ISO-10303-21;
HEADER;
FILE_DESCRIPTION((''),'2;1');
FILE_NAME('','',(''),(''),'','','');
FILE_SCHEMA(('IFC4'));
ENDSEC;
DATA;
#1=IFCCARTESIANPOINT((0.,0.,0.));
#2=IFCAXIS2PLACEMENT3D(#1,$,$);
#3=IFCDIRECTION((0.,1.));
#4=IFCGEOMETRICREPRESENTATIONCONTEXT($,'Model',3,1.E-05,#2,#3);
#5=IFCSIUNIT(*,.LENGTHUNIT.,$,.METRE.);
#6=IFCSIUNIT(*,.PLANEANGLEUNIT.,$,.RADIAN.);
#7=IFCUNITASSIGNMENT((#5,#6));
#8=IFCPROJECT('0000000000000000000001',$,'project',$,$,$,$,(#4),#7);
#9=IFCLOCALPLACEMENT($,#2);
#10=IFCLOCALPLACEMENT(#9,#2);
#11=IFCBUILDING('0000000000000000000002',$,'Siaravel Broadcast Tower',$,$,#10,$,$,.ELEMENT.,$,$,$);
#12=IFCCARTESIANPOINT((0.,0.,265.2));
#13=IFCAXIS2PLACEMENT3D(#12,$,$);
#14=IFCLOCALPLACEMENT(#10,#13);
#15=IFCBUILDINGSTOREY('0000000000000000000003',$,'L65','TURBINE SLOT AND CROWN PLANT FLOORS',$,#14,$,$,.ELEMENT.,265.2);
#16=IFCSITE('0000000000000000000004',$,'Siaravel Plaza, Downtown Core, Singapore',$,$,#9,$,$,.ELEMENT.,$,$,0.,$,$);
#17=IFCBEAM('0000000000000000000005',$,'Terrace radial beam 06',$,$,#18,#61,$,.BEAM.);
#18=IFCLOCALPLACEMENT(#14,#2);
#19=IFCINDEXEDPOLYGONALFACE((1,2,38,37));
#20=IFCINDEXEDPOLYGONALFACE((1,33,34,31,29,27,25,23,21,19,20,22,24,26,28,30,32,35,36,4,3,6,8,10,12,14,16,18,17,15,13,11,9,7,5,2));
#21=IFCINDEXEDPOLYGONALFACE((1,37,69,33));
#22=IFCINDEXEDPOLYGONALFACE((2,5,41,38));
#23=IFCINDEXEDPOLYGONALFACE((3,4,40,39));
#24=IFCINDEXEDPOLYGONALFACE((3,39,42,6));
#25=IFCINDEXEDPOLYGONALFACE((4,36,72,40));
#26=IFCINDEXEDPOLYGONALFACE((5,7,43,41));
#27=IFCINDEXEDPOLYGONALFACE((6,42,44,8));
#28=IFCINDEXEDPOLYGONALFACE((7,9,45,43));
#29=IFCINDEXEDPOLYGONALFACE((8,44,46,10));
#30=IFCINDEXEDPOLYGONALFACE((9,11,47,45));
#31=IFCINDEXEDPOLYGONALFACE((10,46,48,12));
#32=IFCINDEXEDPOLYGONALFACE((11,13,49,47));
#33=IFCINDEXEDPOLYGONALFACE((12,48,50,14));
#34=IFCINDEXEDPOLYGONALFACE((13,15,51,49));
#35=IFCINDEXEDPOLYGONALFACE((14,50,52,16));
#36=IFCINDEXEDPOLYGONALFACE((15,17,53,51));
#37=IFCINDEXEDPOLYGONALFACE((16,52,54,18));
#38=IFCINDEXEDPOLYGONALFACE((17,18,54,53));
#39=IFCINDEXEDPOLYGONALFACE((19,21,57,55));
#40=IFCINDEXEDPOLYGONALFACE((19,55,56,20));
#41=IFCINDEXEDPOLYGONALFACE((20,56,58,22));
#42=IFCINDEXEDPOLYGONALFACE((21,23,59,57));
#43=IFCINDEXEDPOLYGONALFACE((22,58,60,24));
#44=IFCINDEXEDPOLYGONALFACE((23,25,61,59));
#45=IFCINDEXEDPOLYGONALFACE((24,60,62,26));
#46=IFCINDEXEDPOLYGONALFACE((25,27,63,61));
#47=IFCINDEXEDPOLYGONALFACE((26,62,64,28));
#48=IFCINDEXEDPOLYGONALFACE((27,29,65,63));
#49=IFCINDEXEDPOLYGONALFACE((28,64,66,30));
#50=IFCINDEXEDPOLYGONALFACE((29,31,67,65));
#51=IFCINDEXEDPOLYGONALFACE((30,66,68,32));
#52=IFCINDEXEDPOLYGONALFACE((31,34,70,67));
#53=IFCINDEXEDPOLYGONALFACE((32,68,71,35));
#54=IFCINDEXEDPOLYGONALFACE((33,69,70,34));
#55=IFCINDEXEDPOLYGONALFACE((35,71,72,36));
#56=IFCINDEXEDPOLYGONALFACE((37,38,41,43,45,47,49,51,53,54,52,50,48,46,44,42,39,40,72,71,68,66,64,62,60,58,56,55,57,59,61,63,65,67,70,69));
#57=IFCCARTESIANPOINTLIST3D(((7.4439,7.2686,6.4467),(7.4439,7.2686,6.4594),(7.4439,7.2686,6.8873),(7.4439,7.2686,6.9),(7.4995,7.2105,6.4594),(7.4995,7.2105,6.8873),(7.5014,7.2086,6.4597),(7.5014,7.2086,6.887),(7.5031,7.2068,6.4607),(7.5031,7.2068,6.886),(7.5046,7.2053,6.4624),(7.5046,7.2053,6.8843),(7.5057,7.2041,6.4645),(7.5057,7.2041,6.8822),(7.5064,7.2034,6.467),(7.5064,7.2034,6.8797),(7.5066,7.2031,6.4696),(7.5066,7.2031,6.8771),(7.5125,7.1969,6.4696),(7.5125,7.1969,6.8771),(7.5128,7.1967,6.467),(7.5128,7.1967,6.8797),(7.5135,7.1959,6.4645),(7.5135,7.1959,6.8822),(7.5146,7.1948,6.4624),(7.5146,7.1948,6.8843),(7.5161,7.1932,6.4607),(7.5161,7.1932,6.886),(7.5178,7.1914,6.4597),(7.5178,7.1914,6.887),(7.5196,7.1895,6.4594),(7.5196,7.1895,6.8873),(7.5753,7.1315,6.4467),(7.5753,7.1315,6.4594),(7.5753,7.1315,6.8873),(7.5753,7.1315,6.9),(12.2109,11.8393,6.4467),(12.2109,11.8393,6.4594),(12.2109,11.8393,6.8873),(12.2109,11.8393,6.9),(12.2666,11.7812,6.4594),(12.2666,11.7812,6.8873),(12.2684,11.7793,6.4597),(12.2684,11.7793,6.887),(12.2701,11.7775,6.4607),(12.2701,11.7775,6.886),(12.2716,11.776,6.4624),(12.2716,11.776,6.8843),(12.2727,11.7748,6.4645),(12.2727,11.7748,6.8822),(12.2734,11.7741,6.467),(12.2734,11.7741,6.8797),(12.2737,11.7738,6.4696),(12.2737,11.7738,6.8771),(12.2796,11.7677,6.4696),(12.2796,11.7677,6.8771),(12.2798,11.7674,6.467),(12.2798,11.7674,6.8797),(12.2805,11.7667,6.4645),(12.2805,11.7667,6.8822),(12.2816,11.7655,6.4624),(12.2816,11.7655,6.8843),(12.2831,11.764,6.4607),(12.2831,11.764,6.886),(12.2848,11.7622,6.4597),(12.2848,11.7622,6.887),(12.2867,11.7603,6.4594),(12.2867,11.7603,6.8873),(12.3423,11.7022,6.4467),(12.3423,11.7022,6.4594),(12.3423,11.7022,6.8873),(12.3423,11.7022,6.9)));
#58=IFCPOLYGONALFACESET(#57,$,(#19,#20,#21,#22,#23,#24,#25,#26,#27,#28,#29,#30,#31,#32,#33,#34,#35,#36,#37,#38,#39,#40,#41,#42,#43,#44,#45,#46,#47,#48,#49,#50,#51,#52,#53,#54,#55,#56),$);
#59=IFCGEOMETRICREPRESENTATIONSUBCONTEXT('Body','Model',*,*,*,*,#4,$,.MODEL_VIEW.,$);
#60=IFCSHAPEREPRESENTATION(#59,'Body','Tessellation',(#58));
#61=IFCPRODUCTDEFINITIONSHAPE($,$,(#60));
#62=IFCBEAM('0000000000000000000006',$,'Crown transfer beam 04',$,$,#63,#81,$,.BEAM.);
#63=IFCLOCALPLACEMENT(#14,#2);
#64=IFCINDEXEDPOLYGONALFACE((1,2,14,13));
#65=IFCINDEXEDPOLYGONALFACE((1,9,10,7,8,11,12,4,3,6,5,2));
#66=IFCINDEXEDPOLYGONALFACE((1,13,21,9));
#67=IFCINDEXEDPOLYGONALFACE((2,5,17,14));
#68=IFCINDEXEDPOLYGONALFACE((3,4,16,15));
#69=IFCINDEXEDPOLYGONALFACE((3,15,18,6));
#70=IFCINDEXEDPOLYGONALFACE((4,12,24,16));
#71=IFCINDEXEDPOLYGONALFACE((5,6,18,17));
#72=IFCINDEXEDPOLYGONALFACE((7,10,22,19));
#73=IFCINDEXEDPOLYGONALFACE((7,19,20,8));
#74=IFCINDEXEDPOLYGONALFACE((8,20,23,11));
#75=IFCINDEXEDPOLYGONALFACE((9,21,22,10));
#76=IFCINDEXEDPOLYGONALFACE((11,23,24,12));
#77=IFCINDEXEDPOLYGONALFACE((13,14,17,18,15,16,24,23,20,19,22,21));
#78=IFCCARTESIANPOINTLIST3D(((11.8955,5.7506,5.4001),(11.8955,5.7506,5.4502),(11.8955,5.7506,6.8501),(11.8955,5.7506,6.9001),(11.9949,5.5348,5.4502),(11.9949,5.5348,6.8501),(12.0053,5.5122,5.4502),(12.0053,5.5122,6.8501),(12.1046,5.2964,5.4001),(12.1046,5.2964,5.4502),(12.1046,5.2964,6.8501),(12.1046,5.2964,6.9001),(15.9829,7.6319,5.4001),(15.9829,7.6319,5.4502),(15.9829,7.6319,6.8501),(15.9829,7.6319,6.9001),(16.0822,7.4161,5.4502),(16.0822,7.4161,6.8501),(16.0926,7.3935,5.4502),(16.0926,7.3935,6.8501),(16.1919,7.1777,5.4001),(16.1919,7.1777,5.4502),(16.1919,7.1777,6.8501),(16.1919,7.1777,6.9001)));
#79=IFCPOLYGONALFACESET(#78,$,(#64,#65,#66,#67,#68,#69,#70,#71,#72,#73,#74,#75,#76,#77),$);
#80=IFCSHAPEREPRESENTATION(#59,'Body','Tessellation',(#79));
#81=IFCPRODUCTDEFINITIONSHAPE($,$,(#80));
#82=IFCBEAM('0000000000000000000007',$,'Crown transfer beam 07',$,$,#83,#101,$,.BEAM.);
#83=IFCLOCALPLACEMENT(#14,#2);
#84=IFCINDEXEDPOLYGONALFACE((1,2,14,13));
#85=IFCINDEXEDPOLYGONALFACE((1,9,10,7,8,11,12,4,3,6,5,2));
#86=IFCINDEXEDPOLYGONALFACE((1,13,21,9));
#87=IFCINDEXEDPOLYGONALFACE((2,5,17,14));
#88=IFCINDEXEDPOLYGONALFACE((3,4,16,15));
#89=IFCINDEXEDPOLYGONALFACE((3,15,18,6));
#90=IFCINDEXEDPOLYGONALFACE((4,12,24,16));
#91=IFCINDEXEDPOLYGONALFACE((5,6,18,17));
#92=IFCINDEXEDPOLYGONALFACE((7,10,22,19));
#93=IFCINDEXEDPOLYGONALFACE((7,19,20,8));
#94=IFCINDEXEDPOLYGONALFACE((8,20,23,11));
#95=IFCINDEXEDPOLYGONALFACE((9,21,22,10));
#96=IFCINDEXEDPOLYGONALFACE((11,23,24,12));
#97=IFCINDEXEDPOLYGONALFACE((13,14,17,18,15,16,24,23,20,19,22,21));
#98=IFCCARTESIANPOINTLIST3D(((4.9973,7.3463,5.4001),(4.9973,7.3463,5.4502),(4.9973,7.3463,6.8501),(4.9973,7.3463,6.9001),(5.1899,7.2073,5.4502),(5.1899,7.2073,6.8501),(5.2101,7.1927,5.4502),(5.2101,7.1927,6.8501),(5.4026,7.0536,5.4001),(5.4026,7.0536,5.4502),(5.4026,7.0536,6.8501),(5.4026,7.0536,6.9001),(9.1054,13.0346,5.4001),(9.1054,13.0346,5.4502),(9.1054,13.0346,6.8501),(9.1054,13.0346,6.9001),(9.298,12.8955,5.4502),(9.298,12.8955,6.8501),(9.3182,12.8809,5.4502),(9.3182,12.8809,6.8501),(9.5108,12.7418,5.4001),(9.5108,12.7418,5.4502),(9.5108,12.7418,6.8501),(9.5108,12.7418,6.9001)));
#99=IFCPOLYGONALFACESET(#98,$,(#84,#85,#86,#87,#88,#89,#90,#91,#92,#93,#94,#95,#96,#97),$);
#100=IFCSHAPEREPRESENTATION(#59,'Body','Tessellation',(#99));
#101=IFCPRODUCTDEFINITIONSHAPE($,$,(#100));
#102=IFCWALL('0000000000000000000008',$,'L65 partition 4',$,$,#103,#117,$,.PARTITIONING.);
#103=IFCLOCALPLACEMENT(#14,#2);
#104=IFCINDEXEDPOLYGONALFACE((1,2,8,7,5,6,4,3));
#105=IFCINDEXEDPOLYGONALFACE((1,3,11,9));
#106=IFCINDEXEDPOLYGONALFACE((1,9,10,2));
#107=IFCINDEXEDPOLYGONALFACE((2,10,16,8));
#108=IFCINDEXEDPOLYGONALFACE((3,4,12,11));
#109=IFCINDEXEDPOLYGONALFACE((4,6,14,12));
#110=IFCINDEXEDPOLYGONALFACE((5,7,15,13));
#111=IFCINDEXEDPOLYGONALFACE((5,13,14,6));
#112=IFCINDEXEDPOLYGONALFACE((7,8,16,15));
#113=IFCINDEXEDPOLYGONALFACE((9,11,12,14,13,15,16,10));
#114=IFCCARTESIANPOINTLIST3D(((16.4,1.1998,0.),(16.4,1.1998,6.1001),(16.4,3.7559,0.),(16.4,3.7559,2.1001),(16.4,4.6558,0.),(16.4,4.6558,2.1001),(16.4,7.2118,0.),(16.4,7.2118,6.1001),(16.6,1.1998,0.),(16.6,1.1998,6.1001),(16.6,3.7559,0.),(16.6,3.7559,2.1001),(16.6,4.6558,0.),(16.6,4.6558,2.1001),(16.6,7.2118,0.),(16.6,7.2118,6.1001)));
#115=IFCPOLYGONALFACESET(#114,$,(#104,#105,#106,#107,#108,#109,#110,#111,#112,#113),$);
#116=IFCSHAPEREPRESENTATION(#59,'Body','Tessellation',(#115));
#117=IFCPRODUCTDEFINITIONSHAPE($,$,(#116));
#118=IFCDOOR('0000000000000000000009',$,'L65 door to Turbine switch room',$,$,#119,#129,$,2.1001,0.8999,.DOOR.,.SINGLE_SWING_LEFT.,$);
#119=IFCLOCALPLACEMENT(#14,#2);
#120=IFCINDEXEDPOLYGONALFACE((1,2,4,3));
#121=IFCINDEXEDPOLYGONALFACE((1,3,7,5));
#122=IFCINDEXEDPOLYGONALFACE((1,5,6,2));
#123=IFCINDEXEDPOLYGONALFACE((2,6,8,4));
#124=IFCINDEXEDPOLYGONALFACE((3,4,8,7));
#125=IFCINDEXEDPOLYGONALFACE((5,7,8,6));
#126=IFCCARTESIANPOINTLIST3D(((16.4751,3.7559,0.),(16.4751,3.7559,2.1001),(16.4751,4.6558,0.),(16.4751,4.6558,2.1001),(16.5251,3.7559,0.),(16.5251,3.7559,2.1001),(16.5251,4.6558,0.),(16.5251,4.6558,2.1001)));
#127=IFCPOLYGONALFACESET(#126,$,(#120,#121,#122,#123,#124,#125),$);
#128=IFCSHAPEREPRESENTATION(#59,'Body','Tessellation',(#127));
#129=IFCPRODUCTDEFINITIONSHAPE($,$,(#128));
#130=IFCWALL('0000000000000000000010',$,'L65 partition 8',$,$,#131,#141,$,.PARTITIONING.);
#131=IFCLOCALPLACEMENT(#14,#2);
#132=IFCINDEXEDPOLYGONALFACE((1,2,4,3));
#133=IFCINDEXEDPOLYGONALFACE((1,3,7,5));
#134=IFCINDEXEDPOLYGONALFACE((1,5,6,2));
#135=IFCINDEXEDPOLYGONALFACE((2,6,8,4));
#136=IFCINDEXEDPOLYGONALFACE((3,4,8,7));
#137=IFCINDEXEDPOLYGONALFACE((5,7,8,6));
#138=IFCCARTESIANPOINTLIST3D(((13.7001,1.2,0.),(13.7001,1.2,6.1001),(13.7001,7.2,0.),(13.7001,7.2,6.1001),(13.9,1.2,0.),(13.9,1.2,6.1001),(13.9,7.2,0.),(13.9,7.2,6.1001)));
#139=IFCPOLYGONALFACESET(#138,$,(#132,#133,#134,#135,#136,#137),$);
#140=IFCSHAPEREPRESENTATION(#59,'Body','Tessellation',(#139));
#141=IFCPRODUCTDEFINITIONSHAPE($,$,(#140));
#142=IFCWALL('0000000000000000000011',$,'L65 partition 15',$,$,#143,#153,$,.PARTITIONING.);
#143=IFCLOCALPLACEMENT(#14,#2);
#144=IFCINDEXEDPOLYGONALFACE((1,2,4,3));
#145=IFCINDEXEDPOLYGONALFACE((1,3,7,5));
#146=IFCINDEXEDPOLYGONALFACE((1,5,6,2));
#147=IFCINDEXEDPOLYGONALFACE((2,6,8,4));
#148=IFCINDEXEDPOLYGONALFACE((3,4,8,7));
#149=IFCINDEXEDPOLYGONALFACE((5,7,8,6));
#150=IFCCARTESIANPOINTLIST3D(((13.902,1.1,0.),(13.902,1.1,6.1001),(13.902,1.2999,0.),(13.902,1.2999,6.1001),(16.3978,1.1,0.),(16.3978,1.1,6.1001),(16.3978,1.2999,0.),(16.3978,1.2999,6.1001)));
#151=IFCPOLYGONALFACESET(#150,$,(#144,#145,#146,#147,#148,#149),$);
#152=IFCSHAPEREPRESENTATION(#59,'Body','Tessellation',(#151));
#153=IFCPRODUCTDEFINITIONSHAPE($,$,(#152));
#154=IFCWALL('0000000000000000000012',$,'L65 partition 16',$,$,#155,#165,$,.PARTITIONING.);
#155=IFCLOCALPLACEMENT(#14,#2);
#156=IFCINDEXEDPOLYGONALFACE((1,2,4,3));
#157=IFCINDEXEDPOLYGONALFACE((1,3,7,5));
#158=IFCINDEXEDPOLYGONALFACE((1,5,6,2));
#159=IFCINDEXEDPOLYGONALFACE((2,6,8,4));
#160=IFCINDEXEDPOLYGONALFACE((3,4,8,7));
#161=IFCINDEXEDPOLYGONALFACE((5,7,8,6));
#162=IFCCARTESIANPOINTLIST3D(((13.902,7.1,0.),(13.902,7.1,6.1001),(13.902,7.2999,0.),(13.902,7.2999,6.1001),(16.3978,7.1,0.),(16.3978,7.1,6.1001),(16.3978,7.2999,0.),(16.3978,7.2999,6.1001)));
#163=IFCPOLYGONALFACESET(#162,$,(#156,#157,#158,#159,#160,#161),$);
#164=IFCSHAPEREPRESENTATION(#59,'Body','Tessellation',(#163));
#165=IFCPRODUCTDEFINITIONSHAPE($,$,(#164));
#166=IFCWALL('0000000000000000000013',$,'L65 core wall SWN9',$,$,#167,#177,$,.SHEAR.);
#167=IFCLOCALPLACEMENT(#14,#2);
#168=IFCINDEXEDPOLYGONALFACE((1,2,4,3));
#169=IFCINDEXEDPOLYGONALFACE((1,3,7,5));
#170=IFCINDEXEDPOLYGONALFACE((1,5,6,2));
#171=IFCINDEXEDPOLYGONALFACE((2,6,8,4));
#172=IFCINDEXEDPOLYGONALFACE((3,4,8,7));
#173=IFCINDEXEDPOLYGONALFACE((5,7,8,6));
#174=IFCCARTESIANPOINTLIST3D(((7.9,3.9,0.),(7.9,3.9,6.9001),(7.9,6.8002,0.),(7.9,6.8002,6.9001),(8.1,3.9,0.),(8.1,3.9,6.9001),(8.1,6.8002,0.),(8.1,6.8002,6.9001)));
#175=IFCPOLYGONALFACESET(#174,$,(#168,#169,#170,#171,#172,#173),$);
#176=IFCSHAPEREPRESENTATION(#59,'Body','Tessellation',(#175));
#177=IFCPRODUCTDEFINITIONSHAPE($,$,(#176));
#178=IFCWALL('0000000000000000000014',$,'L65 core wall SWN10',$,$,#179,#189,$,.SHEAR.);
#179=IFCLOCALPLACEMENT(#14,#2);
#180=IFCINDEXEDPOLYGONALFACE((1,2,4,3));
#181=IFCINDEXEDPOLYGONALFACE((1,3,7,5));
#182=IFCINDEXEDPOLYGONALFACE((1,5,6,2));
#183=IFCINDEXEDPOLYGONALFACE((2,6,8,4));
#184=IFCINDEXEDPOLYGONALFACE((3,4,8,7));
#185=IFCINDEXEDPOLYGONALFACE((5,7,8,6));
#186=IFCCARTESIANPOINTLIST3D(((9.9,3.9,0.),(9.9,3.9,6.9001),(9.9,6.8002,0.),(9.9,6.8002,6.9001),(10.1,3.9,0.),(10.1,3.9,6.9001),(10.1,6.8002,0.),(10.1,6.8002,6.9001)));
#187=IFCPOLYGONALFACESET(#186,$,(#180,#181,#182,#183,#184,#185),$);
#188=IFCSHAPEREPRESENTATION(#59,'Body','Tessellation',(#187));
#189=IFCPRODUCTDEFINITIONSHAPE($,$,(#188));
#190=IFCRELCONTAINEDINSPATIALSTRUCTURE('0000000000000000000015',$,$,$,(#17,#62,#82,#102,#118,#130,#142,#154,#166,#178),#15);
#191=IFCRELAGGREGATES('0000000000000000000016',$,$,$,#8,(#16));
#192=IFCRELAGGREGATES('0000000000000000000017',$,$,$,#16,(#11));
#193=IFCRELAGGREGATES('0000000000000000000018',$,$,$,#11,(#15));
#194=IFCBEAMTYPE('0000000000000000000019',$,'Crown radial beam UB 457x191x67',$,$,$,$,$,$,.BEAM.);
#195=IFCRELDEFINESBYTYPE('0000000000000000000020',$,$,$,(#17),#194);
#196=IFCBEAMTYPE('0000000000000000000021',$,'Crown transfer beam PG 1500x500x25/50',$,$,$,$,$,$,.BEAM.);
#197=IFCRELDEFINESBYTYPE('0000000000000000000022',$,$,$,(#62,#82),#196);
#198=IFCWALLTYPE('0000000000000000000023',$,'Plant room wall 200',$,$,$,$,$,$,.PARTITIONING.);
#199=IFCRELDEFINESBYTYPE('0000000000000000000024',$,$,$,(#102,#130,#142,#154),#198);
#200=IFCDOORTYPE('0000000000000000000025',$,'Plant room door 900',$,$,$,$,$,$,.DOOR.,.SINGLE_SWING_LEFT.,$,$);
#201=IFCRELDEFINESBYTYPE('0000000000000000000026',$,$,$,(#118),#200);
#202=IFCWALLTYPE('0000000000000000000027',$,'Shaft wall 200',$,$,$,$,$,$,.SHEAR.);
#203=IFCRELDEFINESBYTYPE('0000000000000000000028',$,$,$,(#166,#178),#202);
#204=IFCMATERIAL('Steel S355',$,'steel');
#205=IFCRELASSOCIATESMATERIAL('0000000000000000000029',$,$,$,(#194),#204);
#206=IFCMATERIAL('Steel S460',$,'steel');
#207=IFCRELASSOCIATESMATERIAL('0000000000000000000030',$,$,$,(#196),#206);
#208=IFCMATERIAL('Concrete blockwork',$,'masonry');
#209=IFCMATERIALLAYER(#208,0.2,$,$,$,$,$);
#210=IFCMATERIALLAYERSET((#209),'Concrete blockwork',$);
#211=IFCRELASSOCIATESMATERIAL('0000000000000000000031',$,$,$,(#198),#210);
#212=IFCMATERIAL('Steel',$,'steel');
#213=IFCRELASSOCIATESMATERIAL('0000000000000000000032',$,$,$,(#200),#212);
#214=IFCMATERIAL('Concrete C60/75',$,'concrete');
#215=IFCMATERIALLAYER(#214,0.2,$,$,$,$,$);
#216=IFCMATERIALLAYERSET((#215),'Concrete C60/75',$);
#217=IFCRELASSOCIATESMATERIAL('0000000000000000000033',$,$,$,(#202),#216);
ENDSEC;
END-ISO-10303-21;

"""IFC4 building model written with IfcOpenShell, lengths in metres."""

from ifc_helpers import new_model, si_unit, direction, frame, frame_2d, origin, origin_2d, place, context, subcontext, project, spatial, rectangle, i_section, extrude, material, layer, layer_set, material_profile, profile_set, type_object, element, fill, save


model = new_model("IFC4")

# Units and contexts
model_context = context("Model", 3, precision=1e-05, world=origin(), true_north=direction((0.0, 1.0)))
body_context = subcontext(model_context, "Body", "Model", "MODEL_VIEW")
ifc_project = project(units=[si_unit("LENGTHUNIT", "METRE"), si_unit("PLANEANGLEUNIT", "RADIAN")], contexts=[model_context])

# Site, building, storey
site_placement = place(None, origin())
site = spatial("IfcSite", under=ifc_project, at=site_placement, Name="Siaravel Plaza, Downtown Core, Singapore", CompositionType="ELEMENT", RefElevation=0.0)
building_placement = place(site_placement, origin())
building = spatial("IfcBuilding", under=site, at=building_placement, Name="Siaravel Broadcast Tower", CompositionType="ELEMENT")
storey_placement = place(building_placement, frame((0.0, 0.0, 265.2)))
storey = spatial("IfcBuildingStorey", under=building, at=storey_placement, Name="L65", Description="TURBINE SLOT AND CROWN PLANT FLOORS", CompositionType="ELEMENT", Elevation=265.2)

# Beams
ifc_material_1 = material(Name="Steel S355", Category="steel")
ifc_material_profile_1 = material_profile(ifc_material_1, i_section(OverallWidth=0.1899, OverallDepth=0.4534, WebThickness=0.0085, FlangeThickness=0.0127, FilletRadius=0.0103, at=origin_2d()))
ifc_profile_set_1 = profile_set([ifc_material_profile_1], Name="Steel S355")
beam_type_1 = type_object("IfcBeamType", Name="Crown radial beam UB 457x191x67", PredefinedType="BEAM", material=ifc_profile_set_1)
beam_1_placement = place(storey_placement, frame((12.2766, 11.7708, 6.6733), z_axis=(-0.721811, -0.69209, 0.0), x_axis=(0.69209, -0.721811, 0.0)))
element("IfcBeam", 1, at=beam_1_placement, inside=storey, type_object=beam_type_1, Name="Terrace radial beam 06", PredefinedType="BEAM", context=body_context, shape_type="SweptSolid", body=[
    extrude(i_section(OverallWidth=0.1899, OverallDepth=0.4534, WebThickness=0.0085, FlangeThickness=0.0127, FilletRadius=0.0103, at=origin_2d()), origin(), (0.0, 0.0, 1.0), 6.6042),
])
ifc_material_2 = material(Name="Steel S460", Category="steel")
ifc_material_profile_2 = material_profile(ifc_material_2, i_section(OverallWidth=0.5, OverallDepth=1.5, WebThickness=0.0249, FlangeThickness=0.05, at=origin_2d()))
ifc_profile_set_2 = profile_set([ifc_material_profile_2], Name="Steel S460")
beam_type_2 = type_object("IfcBeamType", Name="Crown transfer beam PG 1500x500x25/50", PredefinedType="BEAM", material=ifc_profile_set_2)
beam_2_placement = place(storey_placement, frame((16.0874, 7.4048, 6.1501), z_axis=(-0.908394, -0.418115, 0.0), x_axis=(0.418115, -0.908394, 0.0)))
element("IfcBeam", 2, at=beam_2_placement, inside=storey, type_object=beam_type_2, Name="Crown transfer beam 04", PredefinedType="BEAM", context=body_context, shape_type="SweptSolid", body=[
    extrude(i_section(OverallWidth=0.5, OverallDepth=1.5, WebThickness=0.0249, FlangeThickness=0.05, at=origin_2d()), origin(), (0.0, 0.0, 1.0), 4.4995),
])
beam_3_placement = place(storey_placement, frame((9.3081, 12.8882, 6.1501), z_axis=(-0.585489, -0.81068, 0.0), x_axis=(0.81068, -0.585489, 0.0)))
element("IfcBeam", 3, at=beam_3_placement, inside=storey, type_object=beam_type_2, Name="Crown transfer beam 07", PredefinedType="BEAM", context=body_context, shape_type="SweptSolid", body=[
    extrude(i_section(OverallWidth=0.5, OverallDepth=1.5, WebThickness=0.0249, FlangeThickness=0.05, at=origin_2d()), origin(), (0.0, 0.0, 1.0), 7.0166),
])

# Wall, opening, door
ifc_material_3 = material(Name="Concrete blockwork", Category="masonry")
ifc_layer_1 = layer(ifc_material_3, 0.2)
ifc_layer_set_1 = layer_set([ifc_layer_1], Name="Concrete blockwork")
wall_type_1 = type_object("IfcWallType", Name="Plant room wall 200", PredefinedType="PARTITIONING", material=ifc_layer_set_1)
wall_1_placement = place(storey_placement, frame((16.5, 1.2, 0.0), z_axis=(0.0, 0.0, 1.0), x_axis=(0.0, 1.0, 0.0)))
wall_1 = element("IfcWall", 4, at=wall_1_placement, inside=storey, type_object=wall_type_1, Name="L65 partition 4", PredefinedType="PARTITIONING", context=body_context, shape_type="SweptSolid", body=[
    extrude(rectangle(XDim=6.012, YDim=0.2, at=frame_2d((3.0059, 0.0))), origin(), (0.0, 0.0, 1.0), 6.1001),
])
opening_placement = place(wall_1_placement, frame((2.5559, 0.0, 0.0)))
opening = element("IfcOpeningElement", 5, at=opening_placement, cuts=wall_1, PredefinedType="OPENING", context=body_context, shape_type="SweptSolid", body=[
    extrude(rectangle(XDim=0.8999, YDim=2.1001, at=frame_2d((0.45, 1.05))), frame((0.0, 0.1099, 0.0), z_axis=(0.0, -1.0, 0.0), x_axis=(1.0, 0.0, 0.0)), (0.0, 0.0, 1.0), 0.22),
])
ifc_material_4 = material(Name="Steel", Category="steel")
door_type = type_object("IfcDoorType", Name="Plant room door 900", OperationType="SINGLE_SWING_LEFT", PredefinedType="DOOR", material=ifc_material_4)
door_placement = place(opening_placement, origin())
door = element("IfcDoor", 6, at=door_placement, inside=storey, type_object=door_type, Name="L65 door to Turbine switch room", OperationType="SINGLE_SWING_LEFT", OverallHeight=2.1001, OverallWidth=0.8999, PredefinedType="DOOR", context=body_context, shape_type="SweptSolid", body=[
    extrude(rectangle(XDim=0.8999, YDim=2.1001, at=frame_2d((0.45, 1.05))), frame((0.0, 0.0249, 0.0), z_axis=(0.0, -1.0, 0.0), x_axis=(1.0, 0.0, 0.0)), (0.0, 0.0, 1.0), 0.05),
])
fill(opening, door)

# Walls
wall_2_placement = place(storey_placement, frame((13.8, 1.2, 0.0), z_axis=(0.0, 0.0, 1.0), x_axis=(0.0, 1.0, 0.0)))
element("IfcWall", 7, at=wall_2_placement, inside=storey, type_object=wall_type_1, Name="L65 partition 8", PredefinedType="PARTITIONING", context=body_context, shape_type="SweptSolid", body=[
    extrude(rectangle(XDim=6.0, YDim=0.2, at=frame_2d((3.0, 0.0))), origin(), (0.0, 0.0, 1.0), 6.1001),
])
for number, where, z_axis, x_axis, name in (
    (8, (16.3979, 1.2, 0.0), (0.0, 0.0, 1.0), (-1.0, 0.0, 0.0), "L65 partition 15"),
    (9, (16.3979, 7.2, 0.0), (0.0, 0.0, 1.0), (-1.0, 0.0, 0.0), "L65 partition 16"),
):
    element("IfcWall", number, at=place(storey_placement, frame(where, z_axis=z_axis, x_axis=x_axis)), inside=storey, type_object=wall_type_1, Name=name, PredefinedType="PARTITIONING", context=body_context, shape_type="SweptSolid", body=[
        extrude(rectangle(XDim=2.4958, YDim=0.2, at=frame_2d((1.248, 0.0))), origin(), (0.0, 0.0, 1.0), 6.1001),
    ])
ifc_material_5 = material(Name="Concrete C60/75", Category="concrete")
ifc_layer_2 = layer(ifc_material_5, 0.2)
ifc_layer_set_2 = layer_set([ifc_layer_2], Name="Concrete C60/75")
wall_type_2 = type_object("IfcWallType", Name="Shaft wall 200", PredefinedType="SHEAR", material=ifc_layer_set_2)
for number, where, z_axis, x_axis, name in (
    (10, (8.0, 3.8999, 0.0), (0.0, 0.0, 1.0), (0.0, 1.0, 0.0), "L65 core wall SWN9"),
    (11, (10.0, 3.8999, 0.0), (0.0, 0.0, 1.0), (0.0, 1.0, 0.0), "L65 core wall SWN10"),
):
    element("IfcWall", number, at=place(storey_placement, frame(where, z_axis=z_axis, x_axis=x_axis)), inside=storey, type_object=wall_type_2, Name=name, PredefinedType="SHEAR", context=body_context, shape_type="SweptSolid", body=[
        extrude(rectangle(XDim=2.9001, YDim=0.2, at=frame_2d((1.4502, 0.0))), origin(), (0.0, 0.0, 1.0), 6.9001),
    ])

save(model, "model.ifc")
